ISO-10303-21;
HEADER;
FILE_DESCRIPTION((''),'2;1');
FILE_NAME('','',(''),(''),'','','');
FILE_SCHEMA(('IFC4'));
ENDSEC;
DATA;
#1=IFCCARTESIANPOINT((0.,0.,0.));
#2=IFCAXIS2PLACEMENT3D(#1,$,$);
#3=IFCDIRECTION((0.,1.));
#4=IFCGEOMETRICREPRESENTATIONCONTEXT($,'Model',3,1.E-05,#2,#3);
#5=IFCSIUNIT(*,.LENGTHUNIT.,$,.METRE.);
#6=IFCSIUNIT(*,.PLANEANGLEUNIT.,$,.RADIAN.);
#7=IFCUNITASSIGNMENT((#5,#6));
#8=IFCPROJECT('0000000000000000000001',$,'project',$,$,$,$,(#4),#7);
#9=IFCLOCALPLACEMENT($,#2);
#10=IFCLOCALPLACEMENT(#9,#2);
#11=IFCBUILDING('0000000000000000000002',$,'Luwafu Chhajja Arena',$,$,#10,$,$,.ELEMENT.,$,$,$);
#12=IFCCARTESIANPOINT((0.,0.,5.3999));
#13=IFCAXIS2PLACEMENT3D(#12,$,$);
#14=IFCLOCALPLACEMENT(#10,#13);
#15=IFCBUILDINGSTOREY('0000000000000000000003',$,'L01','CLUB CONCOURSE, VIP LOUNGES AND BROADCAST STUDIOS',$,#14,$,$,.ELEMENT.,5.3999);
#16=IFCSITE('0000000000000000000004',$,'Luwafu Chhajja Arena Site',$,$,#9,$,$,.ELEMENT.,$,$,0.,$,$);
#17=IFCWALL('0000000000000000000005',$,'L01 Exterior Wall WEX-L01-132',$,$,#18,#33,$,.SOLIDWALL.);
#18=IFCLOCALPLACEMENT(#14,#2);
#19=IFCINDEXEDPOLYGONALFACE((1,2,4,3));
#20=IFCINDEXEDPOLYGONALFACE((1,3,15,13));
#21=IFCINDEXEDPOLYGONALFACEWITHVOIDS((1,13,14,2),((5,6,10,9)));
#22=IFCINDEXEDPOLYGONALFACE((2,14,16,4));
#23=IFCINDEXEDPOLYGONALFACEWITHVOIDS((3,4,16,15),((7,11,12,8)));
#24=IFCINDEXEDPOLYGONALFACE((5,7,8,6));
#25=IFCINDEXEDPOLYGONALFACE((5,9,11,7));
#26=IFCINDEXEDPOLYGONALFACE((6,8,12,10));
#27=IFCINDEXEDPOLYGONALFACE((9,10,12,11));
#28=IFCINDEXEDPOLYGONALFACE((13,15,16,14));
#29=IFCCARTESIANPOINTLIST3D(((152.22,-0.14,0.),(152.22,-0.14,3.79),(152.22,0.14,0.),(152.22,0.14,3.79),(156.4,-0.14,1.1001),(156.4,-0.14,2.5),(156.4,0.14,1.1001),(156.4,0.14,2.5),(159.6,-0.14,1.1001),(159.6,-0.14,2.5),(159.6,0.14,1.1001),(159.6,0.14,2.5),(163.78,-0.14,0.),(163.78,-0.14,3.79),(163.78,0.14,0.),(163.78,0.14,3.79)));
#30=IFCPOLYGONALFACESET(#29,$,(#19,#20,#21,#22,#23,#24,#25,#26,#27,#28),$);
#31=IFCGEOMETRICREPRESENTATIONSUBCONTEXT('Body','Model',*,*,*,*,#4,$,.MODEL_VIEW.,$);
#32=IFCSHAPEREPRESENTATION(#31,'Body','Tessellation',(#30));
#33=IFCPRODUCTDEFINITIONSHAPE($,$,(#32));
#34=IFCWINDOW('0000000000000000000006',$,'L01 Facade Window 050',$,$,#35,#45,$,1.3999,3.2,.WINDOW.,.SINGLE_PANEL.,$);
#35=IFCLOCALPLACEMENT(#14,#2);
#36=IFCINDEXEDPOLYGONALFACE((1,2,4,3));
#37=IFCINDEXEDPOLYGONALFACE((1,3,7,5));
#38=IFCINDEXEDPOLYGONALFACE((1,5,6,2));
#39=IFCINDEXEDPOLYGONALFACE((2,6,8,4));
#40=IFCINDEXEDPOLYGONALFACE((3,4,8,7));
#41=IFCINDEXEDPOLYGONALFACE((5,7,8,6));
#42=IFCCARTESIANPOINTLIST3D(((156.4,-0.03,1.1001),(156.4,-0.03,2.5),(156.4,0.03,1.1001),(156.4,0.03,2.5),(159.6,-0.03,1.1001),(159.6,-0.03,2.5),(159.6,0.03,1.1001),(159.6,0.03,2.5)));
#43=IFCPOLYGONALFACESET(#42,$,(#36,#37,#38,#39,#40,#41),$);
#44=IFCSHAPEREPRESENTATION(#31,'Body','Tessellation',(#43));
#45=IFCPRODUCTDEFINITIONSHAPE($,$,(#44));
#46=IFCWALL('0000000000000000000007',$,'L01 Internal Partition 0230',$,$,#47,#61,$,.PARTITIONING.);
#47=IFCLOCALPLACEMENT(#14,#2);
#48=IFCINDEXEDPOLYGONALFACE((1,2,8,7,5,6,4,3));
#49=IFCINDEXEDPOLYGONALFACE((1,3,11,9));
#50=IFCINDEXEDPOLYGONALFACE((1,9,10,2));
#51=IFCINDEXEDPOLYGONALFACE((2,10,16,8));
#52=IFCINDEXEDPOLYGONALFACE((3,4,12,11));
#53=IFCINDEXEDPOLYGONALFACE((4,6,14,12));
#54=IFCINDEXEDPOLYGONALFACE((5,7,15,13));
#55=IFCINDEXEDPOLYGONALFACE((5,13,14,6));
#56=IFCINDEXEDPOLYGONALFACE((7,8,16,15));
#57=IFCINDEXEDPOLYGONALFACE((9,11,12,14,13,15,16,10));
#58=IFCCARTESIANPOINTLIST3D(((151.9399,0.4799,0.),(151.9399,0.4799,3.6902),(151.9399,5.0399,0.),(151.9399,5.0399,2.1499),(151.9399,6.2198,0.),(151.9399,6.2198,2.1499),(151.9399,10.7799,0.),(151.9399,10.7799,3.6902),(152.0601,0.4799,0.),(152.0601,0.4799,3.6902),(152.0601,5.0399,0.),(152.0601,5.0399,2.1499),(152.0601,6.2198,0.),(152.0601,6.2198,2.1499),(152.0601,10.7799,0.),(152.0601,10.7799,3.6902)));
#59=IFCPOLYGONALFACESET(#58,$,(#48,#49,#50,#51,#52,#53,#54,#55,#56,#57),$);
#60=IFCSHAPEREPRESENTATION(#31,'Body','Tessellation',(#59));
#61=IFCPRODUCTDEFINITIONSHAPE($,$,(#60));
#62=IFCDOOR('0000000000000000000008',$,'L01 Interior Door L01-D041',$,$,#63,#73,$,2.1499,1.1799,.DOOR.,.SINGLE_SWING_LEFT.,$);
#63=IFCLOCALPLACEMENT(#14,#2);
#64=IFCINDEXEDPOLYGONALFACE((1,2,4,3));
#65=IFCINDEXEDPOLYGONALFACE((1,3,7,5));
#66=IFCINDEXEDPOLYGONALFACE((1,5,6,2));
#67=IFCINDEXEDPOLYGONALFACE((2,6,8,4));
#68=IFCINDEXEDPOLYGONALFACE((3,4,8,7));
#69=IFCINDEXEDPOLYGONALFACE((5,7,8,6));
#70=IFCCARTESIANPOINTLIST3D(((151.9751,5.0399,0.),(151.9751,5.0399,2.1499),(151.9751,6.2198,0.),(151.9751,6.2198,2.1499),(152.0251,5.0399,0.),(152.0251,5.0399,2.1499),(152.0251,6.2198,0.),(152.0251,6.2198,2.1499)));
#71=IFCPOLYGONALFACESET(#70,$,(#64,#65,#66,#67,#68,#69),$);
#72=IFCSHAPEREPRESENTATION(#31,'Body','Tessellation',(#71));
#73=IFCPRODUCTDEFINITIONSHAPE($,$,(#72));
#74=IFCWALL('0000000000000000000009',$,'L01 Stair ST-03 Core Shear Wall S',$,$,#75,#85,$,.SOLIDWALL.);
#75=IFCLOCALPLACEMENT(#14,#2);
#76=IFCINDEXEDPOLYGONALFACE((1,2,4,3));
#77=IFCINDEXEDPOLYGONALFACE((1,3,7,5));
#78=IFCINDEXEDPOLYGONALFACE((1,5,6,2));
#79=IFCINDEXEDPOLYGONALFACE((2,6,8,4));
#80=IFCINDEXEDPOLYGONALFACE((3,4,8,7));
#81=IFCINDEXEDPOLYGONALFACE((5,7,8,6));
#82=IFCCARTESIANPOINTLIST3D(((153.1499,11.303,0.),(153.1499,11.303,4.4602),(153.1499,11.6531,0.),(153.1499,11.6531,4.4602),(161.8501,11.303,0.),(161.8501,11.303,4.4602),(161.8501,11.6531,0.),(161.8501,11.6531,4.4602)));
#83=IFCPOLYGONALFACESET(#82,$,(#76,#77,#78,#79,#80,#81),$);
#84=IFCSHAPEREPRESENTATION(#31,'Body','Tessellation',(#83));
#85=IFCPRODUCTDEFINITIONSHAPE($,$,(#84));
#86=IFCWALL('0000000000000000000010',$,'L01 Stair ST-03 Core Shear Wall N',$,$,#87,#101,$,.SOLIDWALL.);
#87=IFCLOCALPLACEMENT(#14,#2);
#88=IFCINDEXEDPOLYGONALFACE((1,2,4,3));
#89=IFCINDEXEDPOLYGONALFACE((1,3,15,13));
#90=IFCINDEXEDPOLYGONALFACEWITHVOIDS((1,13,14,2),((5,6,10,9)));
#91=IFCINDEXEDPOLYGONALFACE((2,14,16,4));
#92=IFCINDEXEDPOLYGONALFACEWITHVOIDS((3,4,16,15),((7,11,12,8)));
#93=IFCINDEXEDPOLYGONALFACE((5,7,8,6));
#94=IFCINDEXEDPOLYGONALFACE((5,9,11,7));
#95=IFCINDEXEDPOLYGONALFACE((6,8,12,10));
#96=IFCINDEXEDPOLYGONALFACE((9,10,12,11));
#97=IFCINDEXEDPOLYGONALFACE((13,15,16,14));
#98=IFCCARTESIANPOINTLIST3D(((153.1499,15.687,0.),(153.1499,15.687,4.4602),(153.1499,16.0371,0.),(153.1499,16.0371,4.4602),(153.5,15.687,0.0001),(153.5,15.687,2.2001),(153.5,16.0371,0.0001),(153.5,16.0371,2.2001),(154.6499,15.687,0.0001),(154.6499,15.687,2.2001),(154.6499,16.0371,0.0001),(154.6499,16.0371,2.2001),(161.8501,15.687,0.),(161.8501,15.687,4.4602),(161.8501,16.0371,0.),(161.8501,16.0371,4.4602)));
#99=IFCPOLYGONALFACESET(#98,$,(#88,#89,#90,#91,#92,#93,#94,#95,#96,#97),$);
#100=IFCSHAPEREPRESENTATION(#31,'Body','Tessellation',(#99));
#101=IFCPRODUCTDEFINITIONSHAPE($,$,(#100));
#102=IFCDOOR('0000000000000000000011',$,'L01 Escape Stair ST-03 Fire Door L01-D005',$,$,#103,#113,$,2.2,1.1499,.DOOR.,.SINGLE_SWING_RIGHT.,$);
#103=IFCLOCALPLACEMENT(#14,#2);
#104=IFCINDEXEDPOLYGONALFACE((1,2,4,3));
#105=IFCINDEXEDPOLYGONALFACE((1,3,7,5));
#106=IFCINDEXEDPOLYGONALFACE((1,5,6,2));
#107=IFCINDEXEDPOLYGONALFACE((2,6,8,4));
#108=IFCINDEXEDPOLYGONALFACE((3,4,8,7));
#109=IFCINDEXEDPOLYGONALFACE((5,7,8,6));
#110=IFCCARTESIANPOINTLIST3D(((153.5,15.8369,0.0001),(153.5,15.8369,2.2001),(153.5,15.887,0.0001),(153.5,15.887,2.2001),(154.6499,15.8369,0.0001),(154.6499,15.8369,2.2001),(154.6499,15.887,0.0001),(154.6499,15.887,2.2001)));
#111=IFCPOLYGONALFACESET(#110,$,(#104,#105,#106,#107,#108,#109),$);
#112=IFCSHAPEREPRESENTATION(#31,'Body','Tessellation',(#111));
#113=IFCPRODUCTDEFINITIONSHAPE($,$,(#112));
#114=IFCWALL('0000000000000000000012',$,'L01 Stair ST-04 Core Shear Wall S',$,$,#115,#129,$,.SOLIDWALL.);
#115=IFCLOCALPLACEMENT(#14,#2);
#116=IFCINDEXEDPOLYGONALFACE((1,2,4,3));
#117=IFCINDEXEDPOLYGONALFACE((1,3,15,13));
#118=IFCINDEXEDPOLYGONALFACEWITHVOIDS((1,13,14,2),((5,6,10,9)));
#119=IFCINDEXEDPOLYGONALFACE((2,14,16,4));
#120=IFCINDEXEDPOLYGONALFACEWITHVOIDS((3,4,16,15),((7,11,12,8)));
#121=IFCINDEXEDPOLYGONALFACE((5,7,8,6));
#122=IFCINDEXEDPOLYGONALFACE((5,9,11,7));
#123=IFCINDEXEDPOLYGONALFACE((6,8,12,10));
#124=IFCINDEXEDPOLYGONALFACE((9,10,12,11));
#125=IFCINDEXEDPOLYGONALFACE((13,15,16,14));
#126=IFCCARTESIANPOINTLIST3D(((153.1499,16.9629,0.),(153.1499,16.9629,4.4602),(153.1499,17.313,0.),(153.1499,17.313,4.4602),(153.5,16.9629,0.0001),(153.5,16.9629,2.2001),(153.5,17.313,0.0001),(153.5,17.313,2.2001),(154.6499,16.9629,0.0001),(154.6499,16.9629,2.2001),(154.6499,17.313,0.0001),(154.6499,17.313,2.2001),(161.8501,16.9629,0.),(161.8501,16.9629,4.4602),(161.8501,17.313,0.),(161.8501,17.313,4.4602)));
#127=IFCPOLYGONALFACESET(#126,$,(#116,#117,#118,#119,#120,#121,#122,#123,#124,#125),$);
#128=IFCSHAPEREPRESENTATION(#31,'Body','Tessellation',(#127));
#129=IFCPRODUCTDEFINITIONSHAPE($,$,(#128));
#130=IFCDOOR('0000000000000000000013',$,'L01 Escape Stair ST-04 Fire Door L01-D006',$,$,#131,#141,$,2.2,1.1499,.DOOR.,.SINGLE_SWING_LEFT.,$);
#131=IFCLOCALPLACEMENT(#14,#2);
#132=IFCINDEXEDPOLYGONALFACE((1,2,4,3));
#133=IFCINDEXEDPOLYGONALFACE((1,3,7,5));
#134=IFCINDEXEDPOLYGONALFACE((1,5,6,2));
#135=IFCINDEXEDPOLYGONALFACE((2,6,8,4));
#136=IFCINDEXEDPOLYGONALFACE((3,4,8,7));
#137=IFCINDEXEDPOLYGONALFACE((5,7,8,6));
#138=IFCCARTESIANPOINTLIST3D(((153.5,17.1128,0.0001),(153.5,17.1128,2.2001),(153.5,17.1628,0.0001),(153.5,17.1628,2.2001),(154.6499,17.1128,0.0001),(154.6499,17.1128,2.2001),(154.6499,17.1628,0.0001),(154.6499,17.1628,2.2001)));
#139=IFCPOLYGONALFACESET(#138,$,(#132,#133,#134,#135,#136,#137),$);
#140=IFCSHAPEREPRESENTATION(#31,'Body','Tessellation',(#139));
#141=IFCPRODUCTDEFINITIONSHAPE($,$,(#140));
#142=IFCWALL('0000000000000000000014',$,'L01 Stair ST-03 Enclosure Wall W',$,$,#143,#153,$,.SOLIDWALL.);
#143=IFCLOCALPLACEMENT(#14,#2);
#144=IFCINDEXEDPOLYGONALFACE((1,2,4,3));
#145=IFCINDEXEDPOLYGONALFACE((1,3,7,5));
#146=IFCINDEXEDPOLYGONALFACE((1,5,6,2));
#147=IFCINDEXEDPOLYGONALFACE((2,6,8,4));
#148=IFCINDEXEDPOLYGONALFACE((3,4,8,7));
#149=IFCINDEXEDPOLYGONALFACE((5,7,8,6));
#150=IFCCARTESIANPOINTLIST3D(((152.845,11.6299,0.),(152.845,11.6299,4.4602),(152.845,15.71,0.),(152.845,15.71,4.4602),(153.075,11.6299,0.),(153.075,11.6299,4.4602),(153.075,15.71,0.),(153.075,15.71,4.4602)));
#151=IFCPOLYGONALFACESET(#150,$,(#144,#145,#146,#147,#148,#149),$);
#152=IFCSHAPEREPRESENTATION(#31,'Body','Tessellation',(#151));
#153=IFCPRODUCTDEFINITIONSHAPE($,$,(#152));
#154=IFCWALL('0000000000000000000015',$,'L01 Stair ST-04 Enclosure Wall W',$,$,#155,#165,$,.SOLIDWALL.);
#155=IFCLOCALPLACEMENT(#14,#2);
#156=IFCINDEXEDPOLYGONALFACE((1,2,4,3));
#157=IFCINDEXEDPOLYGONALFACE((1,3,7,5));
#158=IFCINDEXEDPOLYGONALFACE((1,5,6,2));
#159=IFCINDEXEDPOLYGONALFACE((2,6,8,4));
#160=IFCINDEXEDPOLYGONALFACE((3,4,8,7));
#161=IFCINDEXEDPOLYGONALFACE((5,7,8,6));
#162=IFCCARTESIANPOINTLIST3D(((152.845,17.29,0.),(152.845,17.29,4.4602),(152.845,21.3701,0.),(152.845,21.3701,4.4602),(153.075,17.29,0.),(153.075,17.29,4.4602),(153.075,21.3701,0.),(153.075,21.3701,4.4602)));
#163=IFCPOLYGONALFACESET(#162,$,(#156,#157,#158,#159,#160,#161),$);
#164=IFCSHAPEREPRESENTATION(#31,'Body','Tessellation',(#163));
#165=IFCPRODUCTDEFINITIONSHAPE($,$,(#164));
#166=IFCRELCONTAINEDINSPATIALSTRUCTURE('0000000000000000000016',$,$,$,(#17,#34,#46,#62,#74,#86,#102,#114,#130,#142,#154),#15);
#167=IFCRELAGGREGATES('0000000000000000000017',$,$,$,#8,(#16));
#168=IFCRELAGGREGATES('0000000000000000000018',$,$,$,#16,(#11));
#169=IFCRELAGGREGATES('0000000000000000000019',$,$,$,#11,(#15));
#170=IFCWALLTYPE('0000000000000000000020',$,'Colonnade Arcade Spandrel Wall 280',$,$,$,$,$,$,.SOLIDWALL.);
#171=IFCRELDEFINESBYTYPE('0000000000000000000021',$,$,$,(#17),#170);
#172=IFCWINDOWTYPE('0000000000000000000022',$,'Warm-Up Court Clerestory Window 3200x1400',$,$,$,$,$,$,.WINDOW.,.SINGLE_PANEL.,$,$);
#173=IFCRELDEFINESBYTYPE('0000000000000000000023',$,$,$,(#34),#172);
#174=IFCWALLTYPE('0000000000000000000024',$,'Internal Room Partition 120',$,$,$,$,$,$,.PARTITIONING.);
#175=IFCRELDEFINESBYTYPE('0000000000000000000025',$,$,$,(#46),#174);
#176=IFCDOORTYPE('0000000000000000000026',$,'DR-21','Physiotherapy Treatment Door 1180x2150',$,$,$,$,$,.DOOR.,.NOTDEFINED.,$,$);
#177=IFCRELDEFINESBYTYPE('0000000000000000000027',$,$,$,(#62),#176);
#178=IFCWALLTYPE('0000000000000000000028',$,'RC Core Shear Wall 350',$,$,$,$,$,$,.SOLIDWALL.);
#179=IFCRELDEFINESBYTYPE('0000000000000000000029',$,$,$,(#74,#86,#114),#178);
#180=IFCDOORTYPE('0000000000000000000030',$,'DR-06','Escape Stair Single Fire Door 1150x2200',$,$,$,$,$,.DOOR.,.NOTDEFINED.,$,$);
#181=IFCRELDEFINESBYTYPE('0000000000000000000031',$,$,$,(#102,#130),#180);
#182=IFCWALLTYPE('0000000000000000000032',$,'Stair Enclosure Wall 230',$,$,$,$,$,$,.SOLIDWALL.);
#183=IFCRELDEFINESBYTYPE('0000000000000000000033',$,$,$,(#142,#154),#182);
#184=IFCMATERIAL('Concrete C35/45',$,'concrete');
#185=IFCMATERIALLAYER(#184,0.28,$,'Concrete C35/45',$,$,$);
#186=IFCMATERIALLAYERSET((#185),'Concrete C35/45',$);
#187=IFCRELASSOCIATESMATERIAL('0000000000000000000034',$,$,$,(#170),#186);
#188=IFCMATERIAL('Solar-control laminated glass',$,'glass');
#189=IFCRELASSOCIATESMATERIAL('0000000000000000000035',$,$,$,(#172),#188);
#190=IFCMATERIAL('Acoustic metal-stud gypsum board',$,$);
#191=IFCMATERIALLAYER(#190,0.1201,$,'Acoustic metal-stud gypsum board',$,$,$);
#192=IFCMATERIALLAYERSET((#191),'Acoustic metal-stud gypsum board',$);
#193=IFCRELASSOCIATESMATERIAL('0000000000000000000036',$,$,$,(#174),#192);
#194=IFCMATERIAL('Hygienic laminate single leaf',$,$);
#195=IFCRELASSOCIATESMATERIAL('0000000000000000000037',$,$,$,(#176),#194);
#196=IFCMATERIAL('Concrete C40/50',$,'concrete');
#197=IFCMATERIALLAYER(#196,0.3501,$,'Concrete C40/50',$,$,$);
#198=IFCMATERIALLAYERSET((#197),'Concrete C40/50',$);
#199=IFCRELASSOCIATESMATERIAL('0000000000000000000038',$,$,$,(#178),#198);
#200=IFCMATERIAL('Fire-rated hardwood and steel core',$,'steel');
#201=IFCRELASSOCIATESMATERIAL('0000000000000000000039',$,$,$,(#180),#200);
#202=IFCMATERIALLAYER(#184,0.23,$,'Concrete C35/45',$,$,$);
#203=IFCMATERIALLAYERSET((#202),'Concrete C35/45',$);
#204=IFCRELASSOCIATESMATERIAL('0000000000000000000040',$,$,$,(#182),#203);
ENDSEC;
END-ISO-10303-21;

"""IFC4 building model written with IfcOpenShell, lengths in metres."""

from ifc_helpers import new_model, si_unit, direction, frame, frame_2d, origin, place, context, subcontext, project, spatial, rectangle, extrude, material, layer, layer_set, type_object, element, fill, save


model = new_model("IFC4")

# Units and contexts
model_context = context("Model", 3, precision=1e-05, world=origin(), true_north=direction((0.0, 1.0)))
body_context = subcontext(model_context, "Body", "Model", "MODEL_VIEW")
ifc_project = project(units=[si_unit("LENGTHUNIT", "METRE"), si_unit("PLANEANGLEUNIT", "RADIAN")], contexts=[model_context])

# Site, building, storey
site_placement = place(None, origin())
site = spatial("IfcSite", under=ifc_project, at=site_placement, Name="Luwafu Chhajja Arena Site", CompositionType="ELEMENT", RefElevation=0.0)
building_placement = place(site_placement, origin())
building = spatial("IfcBuilding", under=site, at=building_placement, Name="Luwafu Chhajja Arena", CompositionType="ELEMENT")
storey_placement = place(building_placement, frame((0.0, 0.0, 5.3999)))
storey = spatial("IfcBuildingStorey", under=building, at=storey_placement, Name="L01", Description="CLUB CONCOURSE, VIP LOUNGES AND BROADCAST STUDIOS", CompositionType="ELEMENT", Elevation=5.3999)

# Shared definitions
ifc_material_1 = material(Name="Concrete C35/45", Category="concrete")

# Shared definitions
ifc_material_2 = material(Name="Solar-control laminated glass", Category="glass")

# Wall, opening, window
ifc_layer_1 = layer(ifc_material_1, 0.28, Name="Concrete C35/45")
ifc_layer_set_1 = layer_set([ifc_layer_1], Name="Concrete C35/45")
wall_type_1 = type_object("IfcWallType", Name="Colonnade Arcade Spandrel Wall 280", PredefinedType="SOLIDWALL", material=ifc_layer_set_1)
wall_1_placement = place(storey_placement, frame((152.22, 0.0, 0.0), z_axis=(0.0, 0.0, 1.0), x_axis=(1.0, 0.0, 0.0)))
wall_1 = element("IfcWall", 1, at=wall_1_placement, inside=storey, type_object=wall_type_1, Name="L01 Exterior Wall WEX-L01-132", PredefinedType="SOLIDWALL", context=body_context, shape_type="SweptSolid", body=[
    extrude(rectangle(XDim=11.5601, YDim=0.28, at=frame_2d((5.78, 0.0))), origin(), (0.0, 0.0, 1.0), 3.79),
])
opening_1_placement = place(wall_1_placement, frame((4.1799, 0.0, 1.1001)))
opening_1 = element("IfcOpeningElement", 2, at=opening_1_placement, cuts=wall_1, PredefinedType="OPENING", context=body_context, shape_type="SweptSolid", body=[
    extrude(rectangle(XDim=3.2, YDim=1.3999, at=frame_2d((1.6001, 0.7))), frame((0.0, 0.1499, 0.0), z_axis=(0.0, -1.0, 0.0), x_axis=(1.0, 0.0, 0.0)), (0.0, 0.0, 1.0), 0.3),
])
window_type = type_object("IfcWindowType", Name="Warm-Up Court Clerestory Window 3200x1400", PartitioningType="SINGLE_PANEL", PredefinedType="WINDOW", material=ifc_material_2)
window_placement = place(opening_1_placement, origin())
window = element("IfcWindow", 3, at=window_placement, inside=storey, type_object=window_type, Name="L01 Facade Window 050", OverallHeight=1.3999, OverallWidth=3.2, PartitioningType="SINGLE_PANEL", PredefinedType="WINDOW", context=body_context, shape_type="SweptSolid", body=[
    extrude(rectangle(XDim=3.2, YDim=1.3999, at=frame_2d((1.6001, 0.7))), frame((0.0, 0.03, 0.0), z_axis=(0.0, -1.0, 0.0), x_axis=(1.0, 0.0, 0.0)), (0.0, 0.0, 1.0), 0.0601),
])
fill(opening_1, window)

# Wall, opening, door
ifc_material_3 = material(Name="Acoustic metal-stud gypsum board")
ifc_layer_2 = layer(ifc_material_3, 0.1201, Name="Acoustic metal-stud gypsum board")
ifc_layer_set_2 = layer_set([ifc_layer_2], Name="Acoustic metal-stud gypsum board")
wall_type_2 = type_object("IfcWallType", Name="Internal Room Partition 120", PredefinedType="PARTITIONING", material=ifc_layer_set_2)
wall_2_placement = place(storey_placement, frame((152.0, 0.48, 0.0), z_axis=(0.0, 0.0, 1.0), x_axis=(0.0, 1.0, 0.0)))
wall_2 = element("IfcWall", 4, at=wall_2_placement, inside=storey, type_object=wall_type_2, Name="L01 Internal Partition 0230", PredefinedType="PARTITIONING", context=body_context, shape_type="SweptSolid", body=[
    extrude(rectangle(XDim=10.3, YDim=0.1201, at=frame_2d((5.1499, 0.0))), origin(), (0.0, 0.0, 1.0), 3.6902),
])
opening_2_placement = place(wall_2_placement, frame((4.5601, 0.0, 0.0)))
opening_2 = element("IfcOpeningElement", 5, at=opening_2_placement, cuts=wall_2, PredefinedType="OPENING", context=body_context, shape_type="SweptSolid", body=[
    extrude(rectangle(XDim=1.1799, YDim=2.1499, at=frame_2d((0.5898, 1.075))), frame((0.0, 0.0701, 0.0), z_axis=(0.0, -1.0, 0.0), x_axis=(1.0, 0.0, 0.0)), (0.0, 0.0, 1.0), 0.1401),
])
ifc_material_4 = material(Name="Hygienic laminate single leaf")
door_type_1 = type_object("IfcDoorType", Name="DR-21", Description="Physiotherapy Treatment Door 1180x2150", OperationType="NOTDEFINED", PredefinedType="DOOR", material=ifc_material_4)
door_1_placement = place(opening_2_placement, origin())
door_1 = element("IfcDoor", 6, at=door_1_placement, inside=storey, type_object=door_type_1, Name="L01 Interior Door L01-D041", OperationType="SINGLE_SWING_LEFT", OverallHeight=2.1499, OverallWidth=1.1799, PredefinedType="DOOR", context=body_context, shape_type="SweptSolid", body=[
    extrude(rectangle(XDim=1.1799, YDim=2.1499, at=frame_2d((0.5898, 1.075))), frame((0.0, 0.0249, 0.0), z_axis=(0.0, -1.0, 0.0), x_axis=(1.0, 0.0, 0.0)), (0.0, 0.0, 1.0), 0.05),
])
fill(opening_2, door_1)

# Wall
ifc_material_5 = material(Name="Concrete C40/50", Category="concrete")
ifc_layer_3 = layer(ifc_material_5, 0.3501, Name="Concrete C40/50")
ifc_layer_set_3 = layer_set([ifc_layer_3], Name="Concrete C40/50")
wall_type_3 = type_object("IfcWallType", Name="RC Core Shear Wall 350", PredefinedType="SOLIDWALL", material=ifc_layer_set_3)
wall_3_placement = place(storey_placement, frame((153.1499, 11.478, 0.0), z_axis=(0.0, 0.0, 1.0), x_axis=(1.0, 0.0, 0.0)))
element("IfcWall", 7, at=wall_3_placement, inside=storey, type_object=wall_type_3, Name="L01 Stair ST-03 Core Shear Wall S", PredefinedType="SOLIDWALL", context=body_context, shape_type="SweptSolid", body=[
    extrude(rectangle(XDim=8.7002, YDim=0.3501, at=frame_2d((4.3501, 0.0))), origin(), (0.0, 0.0, 1.0), 4.4602),
])

# Walls, openings, doors
wall_4_placement = place(storey_placement, frame((153.1499, 15.8621, 0.0), z_axis=(0.0, 0.0, 1.0), x_axis=(1.0, 0.0, 0.0)))
wall_4 = element("IfcWall", 8, at=wall_4_placement, inside=storey, type_object=wall_type_3, Name="L01 Stair ST-03 Core Shear Wall N", PredefinedType="SOLIDWALL", context=body_context, shape_type="SweptSolid", body=[
    extrude(rectangle(XDim=8.7002, YDim=0.3501, at=frame_2d((4.3501, 0.0))), origin(), (0.0, 0.0, 1.0), 4.4602),
])
opening_3_placement = place(wall_4_placement, frame((0.3501, 0.0, 0.0)))
opening_3 = element("IfcOpeningElement", 9, at=opening_3_placement, cuts=wall_4, PredefinedType="OPENING", context=body_context, shape_type="SweptSolid", body=[
    extrude(rectangle(XDim=1.1499, YDim=2.2, at=frame_2d((0.575, 1.1001))), frame((0.0, 0.1851, 0.0), z_axis=(0.0, -1.0, 0.0), x_axis=(1.0, 0.0, 0.0)), (0.0, 0.0, 1.0), 0.3701),
])
ifc_material_6 = material(Name="Fire-rated hardwood and steel core", Category="steel")
door_type_2 = type_object("IfcDoorType", Name="DR-06", Description="Escape Stair Single Fire Door 1150x2200", OperationType="NOTDEFINED", PredefinedType="DOOR", material=ifc_material_6)
door_2_placement = place(opening_3_placement, origin())
door_2 = element("IfcDoor", 10, at=door_2_placement, inside=storey, type_object=door_type_2, Name="L01 Escape Stair ST-03 Fire Door L01-D005", OperationType="SINGLE_SWING_RIGHT", OverallHeight=2.2, OverallWidth=1.1499, PredefinedType="DOOR", context=body_context, shape_type="SweptSolid", body=[
    extrude(rectangle(XDim=1.1499, YDim=2.2, at=frame_2d((0.575, 1.1001))), frame((0.0, 0.0249, 0.0), z_axis=(0.0, -1.0, 0.0), x_axis=(1.0, 0.0, 0.0)), (0.0, 0.0, 1.0), 0.05),
])
fill(opening_3, door_2)
wall_5_placement = place(storey_placement, frame((153.1499, 17.1379, 0.0), z_axis=(0.0, 0.0, 1.0), x_axis=(1.0, 0.0, 0.0)))
wall_5 = element("IfcWall", 11, at=wall_5_placement, inside=storey, type_object=wall_type_3, Name="L01 Stair ST-04 Core Shear Wall S", PredefinedType="SOLIDWALL", context=body_context, shape_type="SweptSolid", body=[
    extrude(rectangle(XDim=8.7002, YDim=0.3501, at=frame_2d((4.3501, 0.0))), origin(), (0.0, 0.0, 1.0), 4.4602),
])
opening_4_placement = place(wall_5_placement, frame((0.3501, 0.0, 0.0)))
opening_4 = element("IfcOpeningElement", 12, at=opening_4_placement, cuts=wall_5, PredefinedType="OPENING", context=body_context, shape_type="SweptSolid", body=[
    extrude(rectangle(XDim=1.1499, YDim=2.2, at=frame_2d((0.575, 1.1001))), frame((0.0, 0.1851, 0.0), z_axis=(0.0, -1.0, 0.0), x_axis=(1.0, 0.0, 0.0)), (0.0, 0.0, 1.0), 0.3701),
])
door_3_placement = place(opening_4_placement, origin())
door_3 = element("IfcDoor", 13, at=door_3_placement, inside=storey, type_object=door_type_2, Name="L01 Escape Stair ST-04 Fire Door L01-D006", OperationType="SINGLE_SWING_LEFT", OverallHeight=2.2, OverallWidth=1.1499, PredefinedType="DOOR", context=body_context, shape_type="SweptSolid", body=[
    extrude(rectangle(XDim=1.1499, YDim=2.2, at=frame_2d((0.575, 1.1001))), frame((0.0, 0.0249, 0.0), z_axis=(0.0, -1.0, 0.0), x_axis=(1.0, 0.0, 0.0)), (0.0, 0.0, 1.0), 0.05),
])
fill(opening_4, door_3)

# Walls
ifc_layer_4 = layer(ifc_material_1, 0.23, Name="Concrete C35/45")
ifc_layer_set_4 = layer_set([ifc_layer_4], Name="Concrete C35/45")
wall_type_4 = type_object("IfcWallType", Name="Stair Enclosure Wall 230", PredefinedType="SOLIDWALL", material=ifc_layer_set_4)
for number, where, z_axis, x_axis, name in (
    (14, (152.96, 11.6299, 0.0), (0.0, 0.0, 1.0), (0.0, 1.0, 0.0), "L01 Stair ST-03 Enclosure Wall W"),
    (15, (152.96, 17.29, 0.0), (0.0, 0.0, 1.0), (0.0, 1.0, 0.0), "L01 Stair ST-04 Enclosure Wall W"),
):
    element("IfcWall", number, at=place(storey_placement, frame(where, z_axis=z_axis, x_axis=x_axis)), inside=storey, type_object=wall_type_4, Name=name, PredefinedType="SOLIDWALL", context=body_context, shape_type="SweptSolid", body=[
        extrude(rectangle(XDim=4.0801, YDim=0.23, at=frame_2d((2.04, 0.0))), origin(), (0.0, 0.0, 1.0), 4.4602),
    ])

save(model, "model.ifc")
